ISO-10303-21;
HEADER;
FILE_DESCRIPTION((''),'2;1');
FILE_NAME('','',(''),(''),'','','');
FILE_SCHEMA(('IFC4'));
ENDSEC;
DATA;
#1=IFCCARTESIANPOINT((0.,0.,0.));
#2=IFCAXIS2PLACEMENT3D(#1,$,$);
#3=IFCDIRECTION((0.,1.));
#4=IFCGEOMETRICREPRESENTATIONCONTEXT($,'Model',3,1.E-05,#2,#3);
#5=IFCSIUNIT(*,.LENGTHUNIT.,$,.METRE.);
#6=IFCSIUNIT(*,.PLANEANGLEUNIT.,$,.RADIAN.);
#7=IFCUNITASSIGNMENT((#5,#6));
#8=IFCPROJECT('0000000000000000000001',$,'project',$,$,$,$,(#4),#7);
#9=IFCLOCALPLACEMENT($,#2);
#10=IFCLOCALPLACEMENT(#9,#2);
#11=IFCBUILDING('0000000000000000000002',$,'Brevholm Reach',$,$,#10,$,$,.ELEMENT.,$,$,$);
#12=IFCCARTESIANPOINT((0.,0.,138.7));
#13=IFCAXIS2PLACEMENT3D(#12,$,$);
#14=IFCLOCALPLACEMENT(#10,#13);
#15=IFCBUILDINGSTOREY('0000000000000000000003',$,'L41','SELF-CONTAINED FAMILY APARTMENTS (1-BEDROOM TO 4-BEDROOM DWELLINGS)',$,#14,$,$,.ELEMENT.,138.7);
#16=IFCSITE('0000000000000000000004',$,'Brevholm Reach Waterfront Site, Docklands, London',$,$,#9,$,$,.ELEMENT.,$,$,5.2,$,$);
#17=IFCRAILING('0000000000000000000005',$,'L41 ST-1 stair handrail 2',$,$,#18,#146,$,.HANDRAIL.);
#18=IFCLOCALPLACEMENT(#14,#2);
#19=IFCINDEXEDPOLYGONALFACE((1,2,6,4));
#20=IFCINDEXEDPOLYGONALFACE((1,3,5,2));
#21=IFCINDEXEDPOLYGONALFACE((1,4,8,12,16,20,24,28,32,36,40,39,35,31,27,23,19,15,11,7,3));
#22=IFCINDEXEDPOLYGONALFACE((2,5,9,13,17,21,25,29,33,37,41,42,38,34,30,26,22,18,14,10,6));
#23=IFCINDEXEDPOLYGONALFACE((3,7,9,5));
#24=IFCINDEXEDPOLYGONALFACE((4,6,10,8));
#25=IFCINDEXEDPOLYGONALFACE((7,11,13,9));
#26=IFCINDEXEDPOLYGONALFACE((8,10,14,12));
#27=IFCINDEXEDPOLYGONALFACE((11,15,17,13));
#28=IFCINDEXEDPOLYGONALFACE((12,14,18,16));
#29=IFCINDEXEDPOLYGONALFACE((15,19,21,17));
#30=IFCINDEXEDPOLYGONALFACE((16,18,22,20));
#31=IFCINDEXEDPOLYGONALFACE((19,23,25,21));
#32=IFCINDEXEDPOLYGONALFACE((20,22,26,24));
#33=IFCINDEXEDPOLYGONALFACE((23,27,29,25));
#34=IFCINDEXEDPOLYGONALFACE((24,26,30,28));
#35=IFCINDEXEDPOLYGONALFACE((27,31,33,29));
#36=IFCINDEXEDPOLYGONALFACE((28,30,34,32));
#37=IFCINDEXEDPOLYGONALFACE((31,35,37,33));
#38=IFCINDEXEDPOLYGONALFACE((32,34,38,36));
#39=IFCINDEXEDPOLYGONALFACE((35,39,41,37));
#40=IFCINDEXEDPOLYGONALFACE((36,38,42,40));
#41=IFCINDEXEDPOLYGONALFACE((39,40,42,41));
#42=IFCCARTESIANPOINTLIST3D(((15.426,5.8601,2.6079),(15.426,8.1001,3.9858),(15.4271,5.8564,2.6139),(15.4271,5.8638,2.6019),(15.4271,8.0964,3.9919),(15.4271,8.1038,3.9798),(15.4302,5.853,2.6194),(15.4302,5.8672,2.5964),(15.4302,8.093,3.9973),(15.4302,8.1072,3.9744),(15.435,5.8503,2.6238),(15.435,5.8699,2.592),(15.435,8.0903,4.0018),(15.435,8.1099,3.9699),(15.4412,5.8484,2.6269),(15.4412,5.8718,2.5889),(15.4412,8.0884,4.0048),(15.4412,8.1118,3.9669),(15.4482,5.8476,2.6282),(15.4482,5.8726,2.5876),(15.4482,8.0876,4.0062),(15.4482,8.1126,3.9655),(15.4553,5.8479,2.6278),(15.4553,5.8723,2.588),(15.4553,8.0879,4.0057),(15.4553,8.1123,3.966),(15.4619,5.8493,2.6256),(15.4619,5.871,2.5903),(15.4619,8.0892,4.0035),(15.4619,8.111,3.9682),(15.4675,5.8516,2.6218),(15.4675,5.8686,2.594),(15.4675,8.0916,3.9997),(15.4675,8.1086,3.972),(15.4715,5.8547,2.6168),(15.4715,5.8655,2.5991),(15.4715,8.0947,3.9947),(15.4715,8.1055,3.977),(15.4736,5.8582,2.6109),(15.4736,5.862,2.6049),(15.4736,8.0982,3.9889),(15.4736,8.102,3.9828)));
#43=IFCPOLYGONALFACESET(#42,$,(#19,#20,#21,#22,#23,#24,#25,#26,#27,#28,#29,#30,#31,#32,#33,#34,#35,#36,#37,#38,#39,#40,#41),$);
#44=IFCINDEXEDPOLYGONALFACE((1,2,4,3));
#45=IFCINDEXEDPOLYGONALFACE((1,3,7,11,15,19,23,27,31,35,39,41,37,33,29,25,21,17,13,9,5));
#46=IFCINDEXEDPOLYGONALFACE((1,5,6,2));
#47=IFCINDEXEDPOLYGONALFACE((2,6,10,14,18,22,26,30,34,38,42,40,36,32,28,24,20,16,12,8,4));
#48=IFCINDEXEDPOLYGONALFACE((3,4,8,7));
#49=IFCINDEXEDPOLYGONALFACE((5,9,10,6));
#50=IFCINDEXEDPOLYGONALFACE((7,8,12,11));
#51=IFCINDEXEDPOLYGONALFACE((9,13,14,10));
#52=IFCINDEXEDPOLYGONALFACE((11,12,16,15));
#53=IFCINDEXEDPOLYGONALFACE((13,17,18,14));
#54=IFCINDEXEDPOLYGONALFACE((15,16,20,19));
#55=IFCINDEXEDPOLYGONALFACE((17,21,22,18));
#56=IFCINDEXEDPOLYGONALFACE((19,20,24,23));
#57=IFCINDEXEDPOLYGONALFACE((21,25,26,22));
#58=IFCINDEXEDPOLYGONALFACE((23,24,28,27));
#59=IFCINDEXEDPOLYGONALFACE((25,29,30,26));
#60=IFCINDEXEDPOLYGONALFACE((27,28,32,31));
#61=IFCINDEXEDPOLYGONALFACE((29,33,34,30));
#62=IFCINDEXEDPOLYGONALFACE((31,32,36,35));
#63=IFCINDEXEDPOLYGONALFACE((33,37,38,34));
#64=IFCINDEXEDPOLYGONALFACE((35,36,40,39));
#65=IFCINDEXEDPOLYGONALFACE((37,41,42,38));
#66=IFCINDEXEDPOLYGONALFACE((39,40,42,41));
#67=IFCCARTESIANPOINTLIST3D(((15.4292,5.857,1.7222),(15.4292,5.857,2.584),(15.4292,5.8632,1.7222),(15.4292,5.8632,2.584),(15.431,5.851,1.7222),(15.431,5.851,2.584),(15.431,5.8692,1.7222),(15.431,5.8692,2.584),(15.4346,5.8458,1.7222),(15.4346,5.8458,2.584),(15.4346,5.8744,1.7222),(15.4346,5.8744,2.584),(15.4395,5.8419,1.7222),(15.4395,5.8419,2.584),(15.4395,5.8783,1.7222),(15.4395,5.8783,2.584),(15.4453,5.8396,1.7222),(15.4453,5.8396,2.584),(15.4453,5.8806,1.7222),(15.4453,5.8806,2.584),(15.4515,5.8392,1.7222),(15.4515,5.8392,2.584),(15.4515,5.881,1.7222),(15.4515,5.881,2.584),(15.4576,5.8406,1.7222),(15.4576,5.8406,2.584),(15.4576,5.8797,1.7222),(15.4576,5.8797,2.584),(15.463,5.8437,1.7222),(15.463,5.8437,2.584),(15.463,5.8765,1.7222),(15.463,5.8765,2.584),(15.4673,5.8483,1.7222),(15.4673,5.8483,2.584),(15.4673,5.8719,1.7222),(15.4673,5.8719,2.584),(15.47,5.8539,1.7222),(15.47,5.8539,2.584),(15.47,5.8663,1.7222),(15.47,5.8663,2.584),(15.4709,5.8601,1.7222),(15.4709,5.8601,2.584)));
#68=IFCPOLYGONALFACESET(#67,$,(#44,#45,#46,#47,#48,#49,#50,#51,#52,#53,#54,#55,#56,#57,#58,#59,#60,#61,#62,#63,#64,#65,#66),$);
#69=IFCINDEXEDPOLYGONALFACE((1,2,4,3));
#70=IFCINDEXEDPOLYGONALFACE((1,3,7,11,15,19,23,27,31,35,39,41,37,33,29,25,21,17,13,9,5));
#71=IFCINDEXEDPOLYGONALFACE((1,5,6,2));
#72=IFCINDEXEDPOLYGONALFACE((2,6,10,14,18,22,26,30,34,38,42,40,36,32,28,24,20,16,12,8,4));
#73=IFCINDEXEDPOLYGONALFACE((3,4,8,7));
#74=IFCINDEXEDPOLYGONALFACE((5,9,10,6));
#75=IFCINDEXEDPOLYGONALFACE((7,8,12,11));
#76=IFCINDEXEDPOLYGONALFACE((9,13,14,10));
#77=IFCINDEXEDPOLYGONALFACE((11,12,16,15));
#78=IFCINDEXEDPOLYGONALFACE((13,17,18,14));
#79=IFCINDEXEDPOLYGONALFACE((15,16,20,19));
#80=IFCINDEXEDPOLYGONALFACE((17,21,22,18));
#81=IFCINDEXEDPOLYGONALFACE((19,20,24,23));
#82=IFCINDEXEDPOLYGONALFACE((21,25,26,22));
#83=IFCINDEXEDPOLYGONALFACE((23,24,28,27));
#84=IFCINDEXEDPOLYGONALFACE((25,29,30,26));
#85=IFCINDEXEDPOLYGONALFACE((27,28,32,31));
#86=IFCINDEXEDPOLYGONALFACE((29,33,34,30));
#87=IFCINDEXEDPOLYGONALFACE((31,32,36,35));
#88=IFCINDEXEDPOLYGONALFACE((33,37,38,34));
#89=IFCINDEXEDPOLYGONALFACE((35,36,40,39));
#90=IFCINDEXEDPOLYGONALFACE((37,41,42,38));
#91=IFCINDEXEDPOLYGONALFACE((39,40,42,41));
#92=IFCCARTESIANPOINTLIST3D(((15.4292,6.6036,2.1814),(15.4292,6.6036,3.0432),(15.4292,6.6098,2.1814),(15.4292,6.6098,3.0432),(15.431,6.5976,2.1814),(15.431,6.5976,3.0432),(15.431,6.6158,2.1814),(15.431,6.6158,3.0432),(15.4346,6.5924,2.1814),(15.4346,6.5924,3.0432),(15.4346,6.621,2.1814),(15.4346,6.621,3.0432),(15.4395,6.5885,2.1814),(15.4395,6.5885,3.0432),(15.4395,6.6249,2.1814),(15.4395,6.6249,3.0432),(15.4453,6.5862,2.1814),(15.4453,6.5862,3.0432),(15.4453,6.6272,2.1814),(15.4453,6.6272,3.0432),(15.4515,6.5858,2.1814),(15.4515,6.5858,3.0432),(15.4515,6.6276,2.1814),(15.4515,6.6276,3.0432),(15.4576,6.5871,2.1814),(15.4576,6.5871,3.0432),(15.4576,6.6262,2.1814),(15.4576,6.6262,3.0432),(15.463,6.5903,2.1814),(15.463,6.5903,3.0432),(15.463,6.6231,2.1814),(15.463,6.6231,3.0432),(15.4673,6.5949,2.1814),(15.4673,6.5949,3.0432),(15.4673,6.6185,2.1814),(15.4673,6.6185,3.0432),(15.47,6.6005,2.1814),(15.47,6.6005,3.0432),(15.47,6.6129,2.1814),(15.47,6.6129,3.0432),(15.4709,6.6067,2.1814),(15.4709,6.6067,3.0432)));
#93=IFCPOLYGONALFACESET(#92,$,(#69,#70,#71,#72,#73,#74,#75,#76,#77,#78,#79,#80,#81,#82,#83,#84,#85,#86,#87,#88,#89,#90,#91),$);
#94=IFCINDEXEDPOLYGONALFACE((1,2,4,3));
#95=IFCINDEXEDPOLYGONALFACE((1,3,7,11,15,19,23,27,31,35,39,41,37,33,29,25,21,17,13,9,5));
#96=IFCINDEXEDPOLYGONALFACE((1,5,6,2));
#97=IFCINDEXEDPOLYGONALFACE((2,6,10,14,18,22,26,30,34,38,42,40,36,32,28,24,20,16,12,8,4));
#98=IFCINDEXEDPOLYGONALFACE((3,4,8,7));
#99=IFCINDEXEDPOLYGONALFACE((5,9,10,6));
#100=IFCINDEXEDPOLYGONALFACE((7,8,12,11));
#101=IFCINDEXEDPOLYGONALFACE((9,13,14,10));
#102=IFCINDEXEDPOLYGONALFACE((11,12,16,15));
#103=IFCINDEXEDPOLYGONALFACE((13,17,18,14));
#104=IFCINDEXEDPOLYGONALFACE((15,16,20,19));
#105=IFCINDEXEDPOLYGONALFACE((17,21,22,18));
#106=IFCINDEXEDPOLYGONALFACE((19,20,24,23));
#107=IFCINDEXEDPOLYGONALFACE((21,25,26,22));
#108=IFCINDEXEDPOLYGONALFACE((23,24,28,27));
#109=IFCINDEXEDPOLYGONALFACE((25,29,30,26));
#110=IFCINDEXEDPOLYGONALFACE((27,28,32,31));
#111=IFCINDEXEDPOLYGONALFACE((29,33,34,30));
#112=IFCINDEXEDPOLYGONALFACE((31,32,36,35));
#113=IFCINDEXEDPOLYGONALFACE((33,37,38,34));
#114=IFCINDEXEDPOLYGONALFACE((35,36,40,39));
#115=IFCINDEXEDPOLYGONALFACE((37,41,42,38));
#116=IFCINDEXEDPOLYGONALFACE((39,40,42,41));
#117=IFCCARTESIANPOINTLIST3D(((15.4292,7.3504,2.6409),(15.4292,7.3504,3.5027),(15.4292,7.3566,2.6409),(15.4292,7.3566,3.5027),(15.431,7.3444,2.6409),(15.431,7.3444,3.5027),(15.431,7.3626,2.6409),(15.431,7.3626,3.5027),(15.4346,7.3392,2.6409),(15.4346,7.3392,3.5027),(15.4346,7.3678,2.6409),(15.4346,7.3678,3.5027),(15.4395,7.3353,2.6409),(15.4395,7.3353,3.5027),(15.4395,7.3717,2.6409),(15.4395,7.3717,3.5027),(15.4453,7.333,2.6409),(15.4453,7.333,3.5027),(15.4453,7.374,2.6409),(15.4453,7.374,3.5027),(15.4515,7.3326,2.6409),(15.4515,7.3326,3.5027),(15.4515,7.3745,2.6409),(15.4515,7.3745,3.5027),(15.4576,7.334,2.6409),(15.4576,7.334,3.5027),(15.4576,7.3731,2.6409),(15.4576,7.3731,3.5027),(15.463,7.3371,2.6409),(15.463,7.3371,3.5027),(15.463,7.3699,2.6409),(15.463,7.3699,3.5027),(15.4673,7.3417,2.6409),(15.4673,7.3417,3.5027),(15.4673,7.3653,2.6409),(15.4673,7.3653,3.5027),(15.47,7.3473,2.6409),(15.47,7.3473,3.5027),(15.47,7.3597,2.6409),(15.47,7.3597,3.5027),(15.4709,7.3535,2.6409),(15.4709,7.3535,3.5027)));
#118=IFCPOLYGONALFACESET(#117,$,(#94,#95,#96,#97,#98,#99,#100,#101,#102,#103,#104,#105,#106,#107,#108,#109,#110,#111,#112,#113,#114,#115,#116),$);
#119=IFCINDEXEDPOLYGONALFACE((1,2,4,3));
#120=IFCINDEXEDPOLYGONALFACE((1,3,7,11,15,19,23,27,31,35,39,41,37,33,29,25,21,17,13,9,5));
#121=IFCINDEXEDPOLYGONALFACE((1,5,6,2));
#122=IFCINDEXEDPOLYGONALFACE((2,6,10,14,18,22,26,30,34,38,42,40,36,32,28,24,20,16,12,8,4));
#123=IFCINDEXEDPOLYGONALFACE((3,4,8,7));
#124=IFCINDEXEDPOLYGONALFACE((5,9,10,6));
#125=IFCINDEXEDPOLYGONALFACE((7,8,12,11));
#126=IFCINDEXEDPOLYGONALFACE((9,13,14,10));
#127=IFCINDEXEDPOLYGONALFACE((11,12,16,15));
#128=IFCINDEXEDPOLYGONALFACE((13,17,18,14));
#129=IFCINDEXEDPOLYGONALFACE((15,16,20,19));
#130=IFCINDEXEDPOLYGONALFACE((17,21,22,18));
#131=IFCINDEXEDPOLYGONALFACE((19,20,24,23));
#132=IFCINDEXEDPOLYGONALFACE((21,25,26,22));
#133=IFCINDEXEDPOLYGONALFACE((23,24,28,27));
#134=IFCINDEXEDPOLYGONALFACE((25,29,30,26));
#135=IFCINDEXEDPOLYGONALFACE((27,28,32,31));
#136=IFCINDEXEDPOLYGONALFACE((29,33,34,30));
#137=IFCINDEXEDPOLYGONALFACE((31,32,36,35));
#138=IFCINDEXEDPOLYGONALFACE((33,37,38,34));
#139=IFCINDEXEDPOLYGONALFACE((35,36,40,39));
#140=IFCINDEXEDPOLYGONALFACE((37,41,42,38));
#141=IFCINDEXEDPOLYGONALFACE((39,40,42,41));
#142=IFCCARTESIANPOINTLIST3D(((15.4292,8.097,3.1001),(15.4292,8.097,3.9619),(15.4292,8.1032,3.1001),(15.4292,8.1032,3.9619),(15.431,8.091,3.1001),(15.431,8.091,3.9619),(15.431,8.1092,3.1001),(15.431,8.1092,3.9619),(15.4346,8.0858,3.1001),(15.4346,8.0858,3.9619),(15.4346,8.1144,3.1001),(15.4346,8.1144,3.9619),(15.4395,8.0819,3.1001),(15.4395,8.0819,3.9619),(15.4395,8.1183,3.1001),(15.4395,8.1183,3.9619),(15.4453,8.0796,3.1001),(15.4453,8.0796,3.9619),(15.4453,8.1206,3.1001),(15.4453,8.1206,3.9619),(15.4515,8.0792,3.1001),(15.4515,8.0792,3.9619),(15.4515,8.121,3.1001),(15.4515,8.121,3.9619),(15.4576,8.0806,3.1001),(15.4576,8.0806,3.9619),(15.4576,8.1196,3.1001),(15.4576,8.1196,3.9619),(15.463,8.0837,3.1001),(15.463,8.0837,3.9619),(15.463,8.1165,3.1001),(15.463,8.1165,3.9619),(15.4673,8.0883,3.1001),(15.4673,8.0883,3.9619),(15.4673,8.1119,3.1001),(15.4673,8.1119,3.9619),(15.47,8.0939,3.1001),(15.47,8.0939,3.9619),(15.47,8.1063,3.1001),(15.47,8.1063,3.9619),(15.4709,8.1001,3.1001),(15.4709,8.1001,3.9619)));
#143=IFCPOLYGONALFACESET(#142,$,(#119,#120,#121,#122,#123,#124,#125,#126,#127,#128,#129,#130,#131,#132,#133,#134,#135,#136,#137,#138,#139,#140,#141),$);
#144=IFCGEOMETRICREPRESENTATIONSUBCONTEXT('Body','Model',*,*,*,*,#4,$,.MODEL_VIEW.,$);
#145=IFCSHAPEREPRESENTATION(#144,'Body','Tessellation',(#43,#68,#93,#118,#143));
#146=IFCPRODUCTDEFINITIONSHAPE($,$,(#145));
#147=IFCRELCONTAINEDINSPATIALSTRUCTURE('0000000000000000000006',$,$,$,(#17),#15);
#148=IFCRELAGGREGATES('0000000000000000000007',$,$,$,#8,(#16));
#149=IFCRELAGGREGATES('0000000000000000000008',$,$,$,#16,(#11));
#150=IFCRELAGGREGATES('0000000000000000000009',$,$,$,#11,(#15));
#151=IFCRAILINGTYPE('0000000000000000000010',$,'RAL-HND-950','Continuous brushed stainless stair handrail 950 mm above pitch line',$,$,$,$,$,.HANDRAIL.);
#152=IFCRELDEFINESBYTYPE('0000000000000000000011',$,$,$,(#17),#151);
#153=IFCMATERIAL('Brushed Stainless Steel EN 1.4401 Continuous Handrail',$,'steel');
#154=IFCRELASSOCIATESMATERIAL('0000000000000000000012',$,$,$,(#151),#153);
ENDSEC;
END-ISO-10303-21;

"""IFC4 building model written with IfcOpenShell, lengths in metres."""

from ifc_helpers import new_model, si_unit, direction, frame, origin, origin_2d, place, context, subcontext, project, spatial, circle, extrude, material, type_object, element, save


model = new_model("IFC4")

# Units and contexts
model_context = context("Model", 3, precision=1e-05, world=origin(), true_north=direction((0.0, 1.0)))
body_context = subcontext(model_context, "Body", "Model", "MODEL_VIEW")
ifc_project = project(units=[si_unit("LENGTHUNIT", "METRE"), si_unit("PLANEANGLEUNIT", "RADIAN")], contexts=[model_context])

# Site, building, storey
site_placement = place(None, origin())
site = spatial("IfcSite", under=ifc_project, at=site_placement, Name="Brevholm Reach Waterfront Site, Docklands, London", CompositionType="ELEMENT", RefElevation=5.2)
building_placement = place(site_placement, origin())
building = spatial("IfcBuilding", under=site, at=building_placement, Name="Brevholm Reach", CompositionType="ELEMENT")
storey_placement = place(building_placement, frame((0.0, 0.0, 138.7)))
storey = spatial("IfcBuildingStorey", under=building, at=storey_placement, Name="L41", Description="SELF-CONTAINED FAMILY APARTMENTS (1-BEDROOM TO 4-BEDROOM DWELLINGS)", CompositionType="ELEMENT", Elevation=138.7)

# Railing
ifc_material_1 = material(Name="Brushed Stainless Steel EN 1.4401 Continuous Handrail", Category="steel")
railing_type_1 = type_object("IfcRailingType", Name="RAL-HND-950", Description="Continuous brushed stainless stair handrail 950 mm above pitch line", PredefinedType="HANDRAIL", material=ifc_material_1)
railing_1_placement = place(storey_placement, frame((15.45, 5.8601, 1.7222)))
element("IfcRailing", 1, at=railing_1_placement, inside=storey, type_object=railing_type_1, Name="L41 ST-1 stair handrail 2", PredefinedType="HANDRAIL", context=body_context, shape_type="SweptSolid", body=[
    extrude(circle(Radius=0.0239, at=origin_2d()), frame((0.0, 0.0, 0.8857), z_axis=(0.0, 0.851748, 0.523952), x_axis=(-1.0, 0.0, 0.0)), (0.0, 0.0, 1.0), 2.6299),
    extrude(circle(Radius=0.021, at=origin_2d()), origin(), (0.0, 0.0, 1.0), 0.8618),
    extrude(circle(Radius=0.021, at=origin_2d()), frame((0.0, 0.7466, 0.4592)), (0.0, 0.0, 1.0), 0.8618),
    extrude(circle(Radius=0.021, at=origin_2d()), frame((0.0, 1.4934, 0.9187)), (0.0, 0.0, 1.0), 0.8618),
    extrude(circle(Radius=0.021, at=origin_2d()), frame((0.0, 2.24, 1.3779)), (0.0, 0.0, 1.0), 0.8618),
])

save(model, "model.ifc")
